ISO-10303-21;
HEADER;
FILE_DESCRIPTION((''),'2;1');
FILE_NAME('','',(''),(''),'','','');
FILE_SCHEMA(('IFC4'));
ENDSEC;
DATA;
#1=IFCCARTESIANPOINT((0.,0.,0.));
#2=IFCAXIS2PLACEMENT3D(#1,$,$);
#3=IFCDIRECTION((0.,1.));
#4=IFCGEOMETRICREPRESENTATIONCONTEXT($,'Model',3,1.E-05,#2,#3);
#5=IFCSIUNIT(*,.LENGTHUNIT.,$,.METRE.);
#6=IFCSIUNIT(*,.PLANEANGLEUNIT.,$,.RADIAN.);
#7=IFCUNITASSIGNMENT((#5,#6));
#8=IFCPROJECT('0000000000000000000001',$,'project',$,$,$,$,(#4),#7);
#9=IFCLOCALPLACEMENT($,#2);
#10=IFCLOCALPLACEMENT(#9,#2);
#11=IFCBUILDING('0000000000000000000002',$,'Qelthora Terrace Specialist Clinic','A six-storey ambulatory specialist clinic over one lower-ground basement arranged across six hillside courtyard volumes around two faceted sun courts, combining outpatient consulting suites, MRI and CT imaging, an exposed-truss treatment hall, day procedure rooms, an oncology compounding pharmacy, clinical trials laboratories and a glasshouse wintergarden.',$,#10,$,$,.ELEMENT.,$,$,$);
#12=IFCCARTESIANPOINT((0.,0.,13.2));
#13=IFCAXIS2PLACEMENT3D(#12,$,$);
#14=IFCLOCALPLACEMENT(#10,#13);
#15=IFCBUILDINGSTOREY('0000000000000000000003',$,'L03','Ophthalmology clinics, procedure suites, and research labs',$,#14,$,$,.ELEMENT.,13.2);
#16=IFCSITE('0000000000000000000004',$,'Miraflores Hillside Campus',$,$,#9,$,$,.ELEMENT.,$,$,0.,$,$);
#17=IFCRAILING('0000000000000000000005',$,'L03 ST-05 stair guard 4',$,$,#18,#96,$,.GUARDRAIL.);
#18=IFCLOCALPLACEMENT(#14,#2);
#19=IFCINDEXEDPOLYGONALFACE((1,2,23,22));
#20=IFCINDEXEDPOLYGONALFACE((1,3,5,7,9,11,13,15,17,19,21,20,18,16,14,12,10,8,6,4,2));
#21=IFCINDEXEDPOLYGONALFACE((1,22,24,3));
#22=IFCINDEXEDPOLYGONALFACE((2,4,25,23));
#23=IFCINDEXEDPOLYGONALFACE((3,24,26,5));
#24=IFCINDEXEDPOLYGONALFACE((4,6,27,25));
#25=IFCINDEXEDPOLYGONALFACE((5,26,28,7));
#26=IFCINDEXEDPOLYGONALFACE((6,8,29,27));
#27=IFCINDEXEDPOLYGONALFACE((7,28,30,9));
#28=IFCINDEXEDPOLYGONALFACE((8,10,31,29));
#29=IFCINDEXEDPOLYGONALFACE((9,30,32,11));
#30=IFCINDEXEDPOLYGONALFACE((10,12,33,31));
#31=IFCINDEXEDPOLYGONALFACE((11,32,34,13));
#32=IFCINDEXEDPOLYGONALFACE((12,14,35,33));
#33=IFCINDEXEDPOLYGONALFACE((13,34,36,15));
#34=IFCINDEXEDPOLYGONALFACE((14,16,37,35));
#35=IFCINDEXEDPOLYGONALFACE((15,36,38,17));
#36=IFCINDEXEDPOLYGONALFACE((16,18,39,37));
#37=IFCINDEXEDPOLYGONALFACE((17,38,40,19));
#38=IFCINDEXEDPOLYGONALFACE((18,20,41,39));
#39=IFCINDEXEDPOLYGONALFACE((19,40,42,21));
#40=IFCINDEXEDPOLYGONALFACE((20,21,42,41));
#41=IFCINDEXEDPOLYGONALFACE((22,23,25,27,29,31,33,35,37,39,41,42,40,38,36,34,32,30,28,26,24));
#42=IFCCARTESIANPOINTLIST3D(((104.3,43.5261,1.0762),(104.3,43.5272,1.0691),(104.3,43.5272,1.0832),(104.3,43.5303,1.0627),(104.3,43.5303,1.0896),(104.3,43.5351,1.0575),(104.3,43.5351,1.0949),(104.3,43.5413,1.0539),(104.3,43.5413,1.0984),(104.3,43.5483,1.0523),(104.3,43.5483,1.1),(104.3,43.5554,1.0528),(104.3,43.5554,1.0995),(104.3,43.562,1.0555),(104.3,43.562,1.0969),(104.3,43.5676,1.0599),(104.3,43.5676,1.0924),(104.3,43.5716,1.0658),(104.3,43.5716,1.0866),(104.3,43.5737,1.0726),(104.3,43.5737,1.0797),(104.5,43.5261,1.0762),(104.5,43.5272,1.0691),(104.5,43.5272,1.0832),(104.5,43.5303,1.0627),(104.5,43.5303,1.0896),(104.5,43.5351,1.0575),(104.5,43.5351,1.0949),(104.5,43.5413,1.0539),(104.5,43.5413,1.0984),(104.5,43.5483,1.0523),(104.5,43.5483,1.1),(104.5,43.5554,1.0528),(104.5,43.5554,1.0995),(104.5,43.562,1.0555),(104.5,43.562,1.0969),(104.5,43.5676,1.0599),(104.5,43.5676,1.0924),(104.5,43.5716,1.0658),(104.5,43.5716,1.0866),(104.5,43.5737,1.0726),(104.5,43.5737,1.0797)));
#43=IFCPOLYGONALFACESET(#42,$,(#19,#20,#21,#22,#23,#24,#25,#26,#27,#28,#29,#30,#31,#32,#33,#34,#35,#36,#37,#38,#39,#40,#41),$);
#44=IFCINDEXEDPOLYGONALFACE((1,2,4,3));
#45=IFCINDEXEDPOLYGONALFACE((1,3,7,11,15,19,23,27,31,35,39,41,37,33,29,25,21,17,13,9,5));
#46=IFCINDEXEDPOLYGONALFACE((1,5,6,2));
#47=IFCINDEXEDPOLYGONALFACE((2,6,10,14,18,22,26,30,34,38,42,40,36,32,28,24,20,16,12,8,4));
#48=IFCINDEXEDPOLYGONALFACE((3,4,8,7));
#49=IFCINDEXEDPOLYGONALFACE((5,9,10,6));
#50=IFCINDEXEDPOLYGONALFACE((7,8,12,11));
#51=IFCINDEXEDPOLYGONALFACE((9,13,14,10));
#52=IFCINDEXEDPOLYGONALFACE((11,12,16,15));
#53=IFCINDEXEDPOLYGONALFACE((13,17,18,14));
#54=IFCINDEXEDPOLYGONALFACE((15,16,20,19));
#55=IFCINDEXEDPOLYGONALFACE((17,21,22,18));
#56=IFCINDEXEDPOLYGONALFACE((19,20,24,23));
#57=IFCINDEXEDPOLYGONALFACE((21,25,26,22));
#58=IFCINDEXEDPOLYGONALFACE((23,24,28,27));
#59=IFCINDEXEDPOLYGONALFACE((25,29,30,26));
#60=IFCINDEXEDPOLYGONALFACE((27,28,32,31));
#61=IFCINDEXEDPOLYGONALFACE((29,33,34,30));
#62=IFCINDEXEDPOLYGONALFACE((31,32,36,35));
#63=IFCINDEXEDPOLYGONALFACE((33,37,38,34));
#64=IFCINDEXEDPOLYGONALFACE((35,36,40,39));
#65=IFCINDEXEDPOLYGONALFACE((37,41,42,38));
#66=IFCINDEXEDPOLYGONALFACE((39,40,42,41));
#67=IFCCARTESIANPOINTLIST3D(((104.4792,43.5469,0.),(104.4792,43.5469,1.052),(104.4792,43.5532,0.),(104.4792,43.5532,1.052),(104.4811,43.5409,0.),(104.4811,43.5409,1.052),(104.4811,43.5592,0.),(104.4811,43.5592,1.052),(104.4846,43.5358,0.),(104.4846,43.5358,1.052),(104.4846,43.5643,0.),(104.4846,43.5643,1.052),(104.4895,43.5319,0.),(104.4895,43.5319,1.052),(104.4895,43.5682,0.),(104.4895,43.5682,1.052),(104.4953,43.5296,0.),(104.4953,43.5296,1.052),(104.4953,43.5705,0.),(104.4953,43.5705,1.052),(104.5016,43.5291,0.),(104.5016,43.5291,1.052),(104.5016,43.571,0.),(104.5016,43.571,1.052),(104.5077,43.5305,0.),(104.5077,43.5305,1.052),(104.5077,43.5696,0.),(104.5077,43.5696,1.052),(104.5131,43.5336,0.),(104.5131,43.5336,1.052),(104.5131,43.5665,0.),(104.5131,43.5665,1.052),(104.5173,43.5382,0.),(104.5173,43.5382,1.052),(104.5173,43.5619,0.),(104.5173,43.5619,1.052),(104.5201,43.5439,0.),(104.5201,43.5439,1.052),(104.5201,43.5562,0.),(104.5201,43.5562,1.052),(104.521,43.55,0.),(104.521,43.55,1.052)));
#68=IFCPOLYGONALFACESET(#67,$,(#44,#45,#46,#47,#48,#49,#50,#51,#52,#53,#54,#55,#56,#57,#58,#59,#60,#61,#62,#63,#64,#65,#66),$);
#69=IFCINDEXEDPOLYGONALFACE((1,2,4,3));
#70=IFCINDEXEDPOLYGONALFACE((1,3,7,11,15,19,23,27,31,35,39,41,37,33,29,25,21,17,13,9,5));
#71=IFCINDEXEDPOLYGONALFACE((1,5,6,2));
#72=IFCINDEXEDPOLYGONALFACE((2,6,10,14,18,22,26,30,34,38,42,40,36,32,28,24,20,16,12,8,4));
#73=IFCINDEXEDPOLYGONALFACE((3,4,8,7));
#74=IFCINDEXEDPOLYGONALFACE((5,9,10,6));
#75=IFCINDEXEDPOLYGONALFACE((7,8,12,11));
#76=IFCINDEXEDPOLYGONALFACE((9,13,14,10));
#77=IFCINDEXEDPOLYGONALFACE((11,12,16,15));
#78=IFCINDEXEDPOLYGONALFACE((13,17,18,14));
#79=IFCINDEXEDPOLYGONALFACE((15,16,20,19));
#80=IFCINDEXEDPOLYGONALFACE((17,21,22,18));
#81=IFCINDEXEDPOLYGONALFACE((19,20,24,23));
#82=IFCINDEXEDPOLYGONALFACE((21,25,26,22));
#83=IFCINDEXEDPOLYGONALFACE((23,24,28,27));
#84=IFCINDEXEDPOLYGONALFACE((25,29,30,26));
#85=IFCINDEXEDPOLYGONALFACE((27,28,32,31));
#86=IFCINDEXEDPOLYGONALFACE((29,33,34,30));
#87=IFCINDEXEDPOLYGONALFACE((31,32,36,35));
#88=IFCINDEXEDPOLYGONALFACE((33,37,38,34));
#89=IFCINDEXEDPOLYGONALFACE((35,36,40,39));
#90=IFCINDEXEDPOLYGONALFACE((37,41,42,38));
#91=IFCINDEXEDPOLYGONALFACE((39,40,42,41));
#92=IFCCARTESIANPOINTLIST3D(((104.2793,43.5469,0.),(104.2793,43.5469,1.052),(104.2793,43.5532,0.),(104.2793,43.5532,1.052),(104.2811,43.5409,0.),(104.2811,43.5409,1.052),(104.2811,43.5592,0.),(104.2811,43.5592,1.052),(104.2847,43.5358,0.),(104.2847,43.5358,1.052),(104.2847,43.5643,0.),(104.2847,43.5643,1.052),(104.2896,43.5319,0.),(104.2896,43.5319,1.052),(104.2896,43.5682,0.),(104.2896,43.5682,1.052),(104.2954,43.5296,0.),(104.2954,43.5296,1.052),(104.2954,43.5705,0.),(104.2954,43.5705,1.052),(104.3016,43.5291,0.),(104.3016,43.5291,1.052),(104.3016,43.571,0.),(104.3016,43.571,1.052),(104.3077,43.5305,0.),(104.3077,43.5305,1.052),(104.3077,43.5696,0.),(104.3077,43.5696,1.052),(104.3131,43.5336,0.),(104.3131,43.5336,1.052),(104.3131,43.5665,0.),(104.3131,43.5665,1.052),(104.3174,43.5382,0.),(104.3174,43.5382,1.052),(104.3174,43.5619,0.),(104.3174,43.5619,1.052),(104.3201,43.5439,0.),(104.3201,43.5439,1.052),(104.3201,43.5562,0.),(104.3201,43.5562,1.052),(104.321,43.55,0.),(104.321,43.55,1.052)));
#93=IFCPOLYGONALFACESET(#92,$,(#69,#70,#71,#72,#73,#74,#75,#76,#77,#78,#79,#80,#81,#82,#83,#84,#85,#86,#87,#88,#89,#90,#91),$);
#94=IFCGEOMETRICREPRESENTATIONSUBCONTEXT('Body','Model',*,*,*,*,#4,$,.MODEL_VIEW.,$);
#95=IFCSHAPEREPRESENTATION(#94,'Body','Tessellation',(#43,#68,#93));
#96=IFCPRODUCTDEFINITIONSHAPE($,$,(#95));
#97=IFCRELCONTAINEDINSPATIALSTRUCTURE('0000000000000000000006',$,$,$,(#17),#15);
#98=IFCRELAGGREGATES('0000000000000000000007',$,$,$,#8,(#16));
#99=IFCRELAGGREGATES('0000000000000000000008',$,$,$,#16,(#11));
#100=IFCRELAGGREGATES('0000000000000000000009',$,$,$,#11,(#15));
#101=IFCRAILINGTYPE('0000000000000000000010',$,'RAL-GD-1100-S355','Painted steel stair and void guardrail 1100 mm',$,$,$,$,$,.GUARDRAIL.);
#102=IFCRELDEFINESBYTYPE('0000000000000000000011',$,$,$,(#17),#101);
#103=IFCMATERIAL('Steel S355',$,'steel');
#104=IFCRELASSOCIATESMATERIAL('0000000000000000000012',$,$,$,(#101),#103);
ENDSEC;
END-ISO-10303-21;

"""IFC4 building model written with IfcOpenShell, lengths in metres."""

from ifc_helpers import new_model, si_unit, direction, frame, origin, origin_2d, place, context, subcontext, project, spatial, circle, extrude, material, type_object, element, save


model = new_model("IFC4")

# Units and contexts
model_context = context("Model", 3, precision=1e-05, world=origin(), true_north=direction((0.0, 1.0)))
body_context = subcontext(model_context, "Body", "Model", "MODEL_VIEW")
ifc_project = project(units=[si_unit("LENGTHUNIT", "METRE"), si_unit("PLANEANGLEUNIT", "RADIAN")], contexts=[model_context])

# Site, building, storey
site_placement = place(None, origin())
site = spatial("IfcSite", under=ifc_project, at=site_placement, Name="Miraflores Hillside Campus", CompositionType="ELEMENT", RefElevation=0.0)
building_placement = place(site_placement, origin())
building = spatial("IfcBuilding", under=site, at=building_placement, Name="Qelthora Terrace Specialist Clinic", Description="A six-storey ambulatory specialist clinic over one lower-ground basement arranged across six hillside courtyard volumes around two faceted sun courts, combining outpatient consulting suites, MRI and CT imaging, an exposed-truss treatment hall, day procedure rooms, an oncology compounding pharmacy, clinical trials laboratories and a glasshouse wintergarden.", CompositionType="ELEMENT")
storey_placement = place(building_placement, frame((0.0, 0.0, 13.2)))
storey = spatial("IfcBuildingStorey", under=building, at=storey_placement, Name="L03", Description="Ophthalmology clinics, procedure suites, and research labs", CompositionType="ELEMENT", Elevation=13.2)

# Shared definitions
ifc_material_1 = material(Name="Steel S355", Category="steel")

# Railing
railing_type_1 = type_object("IfcRailingType", Name="RAL-GD-1100-S355", Description="Painted steel stair and void guardrail 1100 mm", PredefinedType="GUARDRAIL", material=ifc_material_1)
railing_1_placement = place(storey_placement, frame((104.5, 43.55, 0.0)))
element("IfcRailing", 1, at=railing_1_placement, inside=storey, type_object=railing_type_1, Name="L03 ST-05 stair guard 4", PredefinedType="GUARDRAIL", context=body_context, shape_type="SweptSolid", body=[
    extrude(circle(Radius=0.0239, at=origin_2d()), frame((0.0, 0.0, 1.0762), z_axis=(-1.0, 0.0, 0.0), x_axis=(0.0, -1.0, 0.0)), (0.0, 0.0, 1.0), 0.2),
    extrude(circle(Radius=0.021, at=origin_2d()), origin(), (0.0, 0.0, 1.0), 1.052),
    extrude(circle(Radius=0.021, at=origin_2d()), frame((-0.2, 0.0, 0.0)), (0.0, 0.0, 1.0), 1.052),
])

save(model, "model.ifc")
